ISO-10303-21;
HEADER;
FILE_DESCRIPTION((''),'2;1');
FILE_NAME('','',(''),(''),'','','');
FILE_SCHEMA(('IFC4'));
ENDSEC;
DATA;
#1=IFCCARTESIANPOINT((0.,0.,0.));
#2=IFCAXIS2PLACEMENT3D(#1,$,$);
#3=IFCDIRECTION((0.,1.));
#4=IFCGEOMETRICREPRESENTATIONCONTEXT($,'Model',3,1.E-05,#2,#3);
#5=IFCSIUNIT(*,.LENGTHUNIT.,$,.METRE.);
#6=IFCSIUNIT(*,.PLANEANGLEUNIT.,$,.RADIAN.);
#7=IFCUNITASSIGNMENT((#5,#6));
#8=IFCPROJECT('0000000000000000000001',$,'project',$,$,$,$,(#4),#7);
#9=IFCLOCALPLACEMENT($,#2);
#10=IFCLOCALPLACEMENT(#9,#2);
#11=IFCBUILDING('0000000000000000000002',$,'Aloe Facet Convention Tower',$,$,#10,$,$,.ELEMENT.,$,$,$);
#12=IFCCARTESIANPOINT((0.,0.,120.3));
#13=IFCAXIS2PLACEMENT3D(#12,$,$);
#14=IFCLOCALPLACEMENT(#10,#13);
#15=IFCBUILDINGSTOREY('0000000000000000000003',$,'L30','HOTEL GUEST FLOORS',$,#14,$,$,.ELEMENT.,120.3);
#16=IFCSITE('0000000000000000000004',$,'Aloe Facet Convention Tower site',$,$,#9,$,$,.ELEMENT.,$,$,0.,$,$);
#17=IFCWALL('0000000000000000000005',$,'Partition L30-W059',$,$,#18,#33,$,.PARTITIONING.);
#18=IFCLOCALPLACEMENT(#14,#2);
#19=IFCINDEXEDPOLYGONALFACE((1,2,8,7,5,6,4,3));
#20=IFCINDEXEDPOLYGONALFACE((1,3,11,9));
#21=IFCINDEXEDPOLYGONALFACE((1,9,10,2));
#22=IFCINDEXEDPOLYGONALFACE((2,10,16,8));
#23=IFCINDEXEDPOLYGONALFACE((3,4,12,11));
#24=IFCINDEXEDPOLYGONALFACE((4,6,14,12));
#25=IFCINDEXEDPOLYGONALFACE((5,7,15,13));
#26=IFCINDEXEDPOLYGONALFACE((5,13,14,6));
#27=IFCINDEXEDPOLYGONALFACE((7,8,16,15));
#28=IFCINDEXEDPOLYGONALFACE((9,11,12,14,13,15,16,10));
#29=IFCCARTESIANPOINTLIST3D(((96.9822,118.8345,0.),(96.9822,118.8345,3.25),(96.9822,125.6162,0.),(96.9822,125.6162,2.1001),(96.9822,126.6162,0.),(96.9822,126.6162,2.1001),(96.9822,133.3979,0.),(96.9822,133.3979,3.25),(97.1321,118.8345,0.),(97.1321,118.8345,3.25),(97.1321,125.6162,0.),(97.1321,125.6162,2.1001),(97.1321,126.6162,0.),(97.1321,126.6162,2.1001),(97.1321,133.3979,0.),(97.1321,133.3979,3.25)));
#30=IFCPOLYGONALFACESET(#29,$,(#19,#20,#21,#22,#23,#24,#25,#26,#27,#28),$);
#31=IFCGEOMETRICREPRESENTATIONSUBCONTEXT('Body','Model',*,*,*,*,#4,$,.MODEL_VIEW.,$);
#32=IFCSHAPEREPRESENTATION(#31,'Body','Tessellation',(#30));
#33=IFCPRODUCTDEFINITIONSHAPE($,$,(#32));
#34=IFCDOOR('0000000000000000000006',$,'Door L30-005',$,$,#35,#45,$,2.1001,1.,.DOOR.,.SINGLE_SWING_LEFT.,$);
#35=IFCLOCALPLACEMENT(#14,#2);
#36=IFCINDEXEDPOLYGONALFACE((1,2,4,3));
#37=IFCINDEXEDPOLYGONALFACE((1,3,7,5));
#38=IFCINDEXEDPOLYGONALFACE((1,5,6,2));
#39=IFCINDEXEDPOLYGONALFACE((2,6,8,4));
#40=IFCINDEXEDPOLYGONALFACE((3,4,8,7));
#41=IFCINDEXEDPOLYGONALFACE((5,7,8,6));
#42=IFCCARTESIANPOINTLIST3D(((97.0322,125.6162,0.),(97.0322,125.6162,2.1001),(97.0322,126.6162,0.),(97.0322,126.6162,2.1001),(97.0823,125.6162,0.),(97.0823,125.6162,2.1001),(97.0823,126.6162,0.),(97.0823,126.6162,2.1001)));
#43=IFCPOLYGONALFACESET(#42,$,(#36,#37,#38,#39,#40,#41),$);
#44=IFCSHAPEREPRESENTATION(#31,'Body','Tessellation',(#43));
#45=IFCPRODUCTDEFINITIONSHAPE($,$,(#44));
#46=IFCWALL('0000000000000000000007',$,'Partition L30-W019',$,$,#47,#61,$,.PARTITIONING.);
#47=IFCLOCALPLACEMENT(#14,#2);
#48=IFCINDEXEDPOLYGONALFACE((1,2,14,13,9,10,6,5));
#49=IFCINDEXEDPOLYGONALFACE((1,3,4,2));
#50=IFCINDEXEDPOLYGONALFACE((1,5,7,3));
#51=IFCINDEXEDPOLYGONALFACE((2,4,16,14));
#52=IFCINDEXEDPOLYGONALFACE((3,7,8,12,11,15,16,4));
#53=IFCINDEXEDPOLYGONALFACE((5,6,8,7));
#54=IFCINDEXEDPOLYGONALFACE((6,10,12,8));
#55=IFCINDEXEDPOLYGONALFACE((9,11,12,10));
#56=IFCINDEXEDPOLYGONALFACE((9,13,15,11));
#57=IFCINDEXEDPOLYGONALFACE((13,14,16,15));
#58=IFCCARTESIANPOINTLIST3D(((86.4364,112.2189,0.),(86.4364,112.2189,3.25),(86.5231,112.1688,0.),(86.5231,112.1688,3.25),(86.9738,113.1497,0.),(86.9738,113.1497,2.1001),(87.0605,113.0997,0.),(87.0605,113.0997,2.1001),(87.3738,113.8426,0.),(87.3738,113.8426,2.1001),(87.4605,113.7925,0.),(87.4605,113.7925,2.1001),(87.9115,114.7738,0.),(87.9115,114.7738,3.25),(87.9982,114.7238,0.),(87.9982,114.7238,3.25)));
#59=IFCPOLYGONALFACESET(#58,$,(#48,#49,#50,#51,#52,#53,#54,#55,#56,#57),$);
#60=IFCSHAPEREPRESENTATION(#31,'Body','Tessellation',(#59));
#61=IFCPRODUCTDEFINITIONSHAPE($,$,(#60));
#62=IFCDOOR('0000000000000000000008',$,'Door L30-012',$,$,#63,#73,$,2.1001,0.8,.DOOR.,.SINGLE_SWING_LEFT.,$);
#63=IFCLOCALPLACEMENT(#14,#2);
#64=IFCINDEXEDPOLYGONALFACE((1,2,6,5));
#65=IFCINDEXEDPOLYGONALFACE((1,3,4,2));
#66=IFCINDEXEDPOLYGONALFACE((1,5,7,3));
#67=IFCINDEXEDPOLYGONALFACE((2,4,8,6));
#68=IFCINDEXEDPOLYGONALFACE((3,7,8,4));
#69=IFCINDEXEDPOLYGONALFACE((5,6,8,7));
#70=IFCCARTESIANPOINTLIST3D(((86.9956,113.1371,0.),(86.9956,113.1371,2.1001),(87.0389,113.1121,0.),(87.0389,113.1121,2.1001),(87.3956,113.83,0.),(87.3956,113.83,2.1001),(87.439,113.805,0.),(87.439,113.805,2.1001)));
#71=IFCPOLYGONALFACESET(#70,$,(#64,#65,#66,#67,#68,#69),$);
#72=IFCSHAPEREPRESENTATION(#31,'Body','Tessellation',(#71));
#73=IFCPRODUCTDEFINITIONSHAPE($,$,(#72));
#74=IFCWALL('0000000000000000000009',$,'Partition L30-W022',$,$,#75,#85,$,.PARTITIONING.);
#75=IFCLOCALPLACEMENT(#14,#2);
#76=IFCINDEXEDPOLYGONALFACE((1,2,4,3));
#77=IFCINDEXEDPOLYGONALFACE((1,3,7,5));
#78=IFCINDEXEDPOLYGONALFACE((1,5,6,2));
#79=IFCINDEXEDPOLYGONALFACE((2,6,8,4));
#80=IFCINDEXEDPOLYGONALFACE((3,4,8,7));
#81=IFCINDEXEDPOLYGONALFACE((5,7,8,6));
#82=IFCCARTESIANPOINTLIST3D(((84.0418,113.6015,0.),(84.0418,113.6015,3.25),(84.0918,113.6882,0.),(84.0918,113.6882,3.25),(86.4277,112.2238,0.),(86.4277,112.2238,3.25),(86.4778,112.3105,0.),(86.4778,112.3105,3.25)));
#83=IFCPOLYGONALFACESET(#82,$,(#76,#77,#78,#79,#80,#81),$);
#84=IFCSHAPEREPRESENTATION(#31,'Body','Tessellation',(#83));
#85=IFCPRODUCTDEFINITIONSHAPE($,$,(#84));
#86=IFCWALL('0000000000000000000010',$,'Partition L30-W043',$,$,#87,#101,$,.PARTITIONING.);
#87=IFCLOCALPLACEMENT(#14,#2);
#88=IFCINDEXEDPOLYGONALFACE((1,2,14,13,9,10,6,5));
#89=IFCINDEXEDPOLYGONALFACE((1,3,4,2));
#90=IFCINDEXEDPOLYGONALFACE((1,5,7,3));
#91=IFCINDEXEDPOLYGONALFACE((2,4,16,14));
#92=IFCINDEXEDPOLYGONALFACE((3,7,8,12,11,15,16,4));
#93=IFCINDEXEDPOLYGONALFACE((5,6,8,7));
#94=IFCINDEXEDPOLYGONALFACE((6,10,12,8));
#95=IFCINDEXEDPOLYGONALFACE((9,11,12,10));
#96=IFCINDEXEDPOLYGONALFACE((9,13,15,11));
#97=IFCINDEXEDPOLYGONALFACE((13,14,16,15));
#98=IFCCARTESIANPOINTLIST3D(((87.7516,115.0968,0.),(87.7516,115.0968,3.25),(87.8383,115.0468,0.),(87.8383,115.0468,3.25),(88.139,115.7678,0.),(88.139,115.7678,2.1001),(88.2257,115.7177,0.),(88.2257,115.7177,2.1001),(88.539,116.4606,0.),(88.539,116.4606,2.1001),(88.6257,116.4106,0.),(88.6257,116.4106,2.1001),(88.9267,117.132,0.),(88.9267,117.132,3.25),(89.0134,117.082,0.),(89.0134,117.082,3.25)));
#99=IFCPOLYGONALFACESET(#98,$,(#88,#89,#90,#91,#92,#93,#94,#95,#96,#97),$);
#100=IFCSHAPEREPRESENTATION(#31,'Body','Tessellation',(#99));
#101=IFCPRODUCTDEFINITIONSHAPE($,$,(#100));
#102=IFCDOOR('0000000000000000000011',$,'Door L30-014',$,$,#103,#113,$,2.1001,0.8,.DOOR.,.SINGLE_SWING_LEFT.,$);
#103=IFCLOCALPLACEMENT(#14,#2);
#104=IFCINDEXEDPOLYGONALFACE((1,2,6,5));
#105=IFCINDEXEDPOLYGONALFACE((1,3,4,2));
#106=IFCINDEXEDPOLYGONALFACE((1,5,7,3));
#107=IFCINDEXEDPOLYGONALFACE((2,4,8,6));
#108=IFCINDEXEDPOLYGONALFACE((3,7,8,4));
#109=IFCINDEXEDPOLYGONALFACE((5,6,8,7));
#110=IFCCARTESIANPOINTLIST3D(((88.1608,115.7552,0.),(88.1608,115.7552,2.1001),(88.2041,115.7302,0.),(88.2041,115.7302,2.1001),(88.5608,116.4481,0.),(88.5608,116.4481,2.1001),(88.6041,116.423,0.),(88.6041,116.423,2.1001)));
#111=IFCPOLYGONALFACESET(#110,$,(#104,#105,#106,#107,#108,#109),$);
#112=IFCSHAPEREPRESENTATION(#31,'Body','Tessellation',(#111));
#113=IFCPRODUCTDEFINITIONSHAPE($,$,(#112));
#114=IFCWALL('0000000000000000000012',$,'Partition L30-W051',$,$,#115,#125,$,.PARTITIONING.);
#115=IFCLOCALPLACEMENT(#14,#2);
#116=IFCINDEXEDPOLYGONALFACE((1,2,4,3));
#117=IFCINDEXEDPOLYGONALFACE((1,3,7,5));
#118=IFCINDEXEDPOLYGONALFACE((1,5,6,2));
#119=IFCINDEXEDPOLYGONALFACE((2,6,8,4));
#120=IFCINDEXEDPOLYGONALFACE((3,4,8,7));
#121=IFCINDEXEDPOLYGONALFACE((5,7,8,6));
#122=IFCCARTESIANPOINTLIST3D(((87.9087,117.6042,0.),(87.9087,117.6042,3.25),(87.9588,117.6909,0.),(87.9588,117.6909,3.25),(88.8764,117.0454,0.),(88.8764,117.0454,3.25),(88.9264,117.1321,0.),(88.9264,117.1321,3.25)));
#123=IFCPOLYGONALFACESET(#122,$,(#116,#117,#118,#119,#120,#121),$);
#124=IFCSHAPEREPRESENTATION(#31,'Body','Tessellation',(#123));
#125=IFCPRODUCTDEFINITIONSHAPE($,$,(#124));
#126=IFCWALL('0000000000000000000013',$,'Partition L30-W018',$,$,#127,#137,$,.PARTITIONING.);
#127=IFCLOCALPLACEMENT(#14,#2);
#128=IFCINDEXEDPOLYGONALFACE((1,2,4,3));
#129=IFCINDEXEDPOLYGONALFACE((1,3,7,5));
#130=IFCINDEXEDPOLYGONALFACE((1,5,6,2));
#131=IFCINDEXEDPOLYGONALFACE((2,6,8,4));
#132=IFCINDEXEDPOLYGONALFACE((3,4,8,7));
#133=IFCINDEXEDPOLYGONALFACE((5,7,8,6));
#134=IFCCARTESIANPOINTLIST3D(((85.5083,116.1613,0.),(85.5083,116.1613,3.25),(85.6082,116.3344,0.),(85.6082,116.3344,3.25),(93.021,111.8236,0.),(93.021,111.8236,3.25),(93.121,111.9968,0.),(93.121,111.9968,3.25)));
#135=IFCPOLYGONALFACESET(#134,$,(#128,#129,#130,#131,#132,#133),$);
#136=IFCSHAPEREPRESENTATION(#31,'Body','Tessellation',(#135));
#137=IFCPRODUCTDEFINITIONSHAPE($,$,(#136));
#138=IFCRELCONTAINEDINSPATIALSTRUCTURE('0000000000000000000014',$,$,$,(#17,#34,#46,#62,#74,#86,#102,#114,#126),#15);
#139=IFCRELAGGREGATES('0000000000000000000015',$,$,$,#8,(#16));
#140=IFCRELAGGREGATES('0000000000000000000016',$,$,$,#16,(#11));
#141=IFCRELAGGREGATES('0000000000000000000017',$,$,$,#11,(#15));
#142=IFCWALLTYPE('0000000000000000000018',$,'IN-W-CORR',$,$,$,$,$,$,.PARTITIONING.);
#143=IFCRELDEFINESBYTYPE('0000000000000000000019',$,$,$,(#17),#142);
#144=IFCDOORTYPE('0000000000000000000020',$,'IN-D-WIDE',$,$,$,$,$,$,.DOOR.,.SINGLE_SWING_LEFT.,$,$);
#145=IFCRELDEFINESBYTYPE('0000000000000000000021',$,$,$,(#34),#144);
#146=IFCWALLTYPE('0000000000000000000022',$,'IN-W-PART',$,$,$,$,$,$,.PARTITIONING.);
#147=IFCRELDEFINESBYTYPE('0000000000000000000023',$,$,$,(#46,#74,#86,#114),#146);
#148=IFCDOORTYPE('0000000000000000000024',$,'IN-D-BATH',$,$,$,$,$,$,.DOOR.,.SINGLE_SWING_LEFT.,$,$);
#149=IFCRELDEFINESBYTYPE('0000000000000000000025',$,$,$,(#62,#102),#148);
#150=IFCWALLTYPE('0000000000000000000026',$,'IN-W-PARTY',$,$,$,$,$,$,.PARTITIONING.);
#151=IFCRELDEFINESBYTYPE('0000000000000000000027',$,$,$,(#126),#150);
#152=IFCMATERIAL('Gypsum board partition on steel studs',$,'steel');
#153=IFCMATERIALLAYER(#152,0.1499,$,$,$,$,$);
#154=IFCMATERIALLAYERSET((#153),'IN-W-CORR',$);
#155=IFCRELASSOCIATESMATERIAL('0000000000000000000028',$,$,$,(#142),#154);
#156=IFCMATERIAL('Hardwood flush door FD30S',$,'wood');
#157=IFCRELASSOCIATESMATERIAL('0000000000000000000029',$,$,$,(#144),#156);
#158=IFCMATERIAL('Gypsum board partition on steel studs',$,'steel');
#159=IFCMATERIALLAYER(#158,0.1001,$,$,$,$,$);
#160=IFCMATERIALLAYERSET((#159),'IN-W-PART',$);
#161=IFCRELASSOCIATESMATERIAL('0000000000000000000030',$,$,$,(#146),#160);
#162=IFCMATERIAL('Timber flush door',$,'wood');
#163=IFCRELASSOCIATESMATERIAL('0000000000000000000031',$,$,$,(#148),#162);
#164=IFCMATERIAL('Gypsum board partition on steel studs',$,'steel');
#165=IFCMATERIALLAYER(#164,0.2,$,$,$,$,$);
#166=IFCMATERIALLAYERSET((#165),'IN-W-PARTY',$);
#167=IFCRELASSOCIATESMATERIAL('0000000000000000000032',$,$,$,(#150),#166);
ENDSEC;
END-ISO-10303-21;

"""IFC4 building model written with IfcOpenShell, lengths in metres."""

from ifc_helpers import new_model, si_unit, direction, frame, frame_2d, origin, place, context, subcontext, project, spatial, rectangle, extrude, material, layer, layer_set, type_object, element, fill, save


model = new_model("IFC4")

# Units and contexts
model_context = context("Model", 3, precision=1e-05, world=origin(), true_north=direction((0.0, 1.0)))
body_context = subcontext(model_context, "Body", "Model", "MODEL_VIEW")
ifc_project = project(units=[si_unit("LENGTHUNIT", "METRE"), si_unit("PLANEANGLEUNIT", "RADIAN")], contexts=[model_context])

# Site, building, storey
site_placement = place(None, origin())
site = spatial("IfcSite", under=ifc_project, at=site_placement, Name="Aloe Facet Convention Tower site", CompositionType="ELEMENT", RefElevation=0.0)
building_placement = place(site_placement, origin())
building = spatial("IfcBuilding", under=site, at=building_placement, Name="Aloe Facet Convention Tower", CompositionType="ELEMENT")
storey_placement = place(building_placement, frame((0.0, 0.0, 120.3)))
storey = spatial("IfcBuildingStorey", under=building, at=storey_placement, Name="L30", Description="HOTEL GUEST FLOORS", CompositionType="ELEMENT", Elevation=120.3)

# Shared definitions
ifc_material_1 = material(Name="Gypsum board partition on steel studs", Category="steel")
ifc_layer_1 = layer(ifc_material_1, 0.1499)
ifc_layer_set_1 = layer_set([ifc_layer_1], Name="IN-W-CORR")
wall_type_1 = type_object("IfcWallType", Name="IN-W-CORR", PredefinedType="PARTITIONING", material=ifc_layer_set_1)

# Walls, openings, doors
wall_1_placement = place(storey_placement, frame((97.0571, 118.8345, 0.0), z_axis=(0.0, 0.0, 1.0), x_axis=(0.0, 1.0, 0.0)))
wall_1 = element("IfcWall", 1, at=wall_1_placement, inside=storey, type_object=wall_type_1, Name="Partition L30-W059", PredefinedType="PARTITIONING", context=body_context, shape_type="SweptSolid", body=[
    extrude(rectangle(XDim=14.5635, YDim=0.1499, at=frame_2d((7.2817, 0.0))), origin(), (0.0, 0.0, 1.0), 3.25),
])
opening_1_placement = place(wall_1_placement, frame((6.7817, 0.0, 0.0)))
opening_1 = element("IfcOpeningElement", 2, at=opening_1_placement, cuts=wall_1, PredefinedType="OPENING", context=body_context, shape_type="SweptSolid", body=[
    extrude(rectangle(XDim=1.0, YDim=2.1001, at=frame_2d((0.5, 1.05))), frame((0.0, 0.085, 0.0), z_axis=(0.0, -1.0, 0.0), x_axis=(1.0, 0.0, 0.0)), (0.0, 0.0, 1.0), 0.1699),
])
ifc_material_2 = material(Name="Hardwood flush door FD30S", Category="wood")
door_type_1 = type_object("IfcDoorType", Name="IN-D-WIDE", OperationType="SINGLE_SWING_LEFT", PredefinedType="DOOR", material=ifc_material_2)
door_1_placement = place(opening_1_placement, origin())
door_1 = element("IfcDoor", 3, at=door_1_placement, inside=storey, type_object=door_type_1, Name="Door L30-005", OperationType="SINGLE_SWING_LEFT", OverallHeight=2.1001, OverallWidth=1.0, PredefinedType="DOOR", context=body_context, shape_type="SweptSolid", body=[
    extrude(rectangle(XDim=1.0, YDim=2.1001, at=frame_2d((0.5, 1.05))), frame((0.0, 0.0249, 0.0), z_axis=(0.0, -1.0, 0.0), x_axis=(1.0, 0.0, 0.0)), (0.0, 0.0, 1.0), 0.05),
])
fill(opening_1, door_1)
ifc_material_3 = material(Name="Gypsum board partition on steel studs", Category="steel")
ifc_layer_2 = layer(ifc_material_3, 0.1001)
ifc_layer_set_2 = layer_set([ifc_layer_2], Name="IN-W-PART")
wall_type_2 = type_object("IfcWallType", Name="IN-W-PART", PredefinedType="PARTITIONING", material=ifc_layer_set_2)
wall_2_placement = place(storey_placement, frame((86.4797, 112.1938, 0.0), z_axis=(0.0, 0.0, 1.0), x_axis=(0.500002, 0.866024, 0.0)))
wall_2 = element("IfcWall", 4, at=wall_2_placement, inside=storey, type_object=wall_type_2, Name="Partition L30-W019", PredefinedType="PARTITIONING", context=body_context, shape_type="SweptSolid", body=[
    extrude(rectangle(XDim=2.9502, YDim=0.1001, at=frame_2d((1.4751, 0.0))), origin(), (0.0, 0.0, 1.0), 3.25),
])
opening_2_placement = place(wall_2_placement, frame((1.075, 0.0, 0.0)))
opening_2 = element("IfcOpeningElement", 5, at=opening_2_placement, cuts=wall_2, PredefinedType="OPENING", context=body_context, shape_type="SweptSolid", body=[
    extrude(rectangle(XDim=0.8, YDim=2.1001, at=frame_2d((0.3999, 1.05))), frame((0.0, 0.0601, 0.0), z_axis=(0.0, -1.0, 0.0), x_axis=(1.0, 0.0, 0.0)), (0.0, 0.0, 1.0), 0.1201),
])
ifc_material_4 = material(Name="Timber flush door", Category="wood")
door_type_2 = type_object("IfcDoorType", Name="IN-D-BATH", OperationType="SINGLE_SWING_LEFT", PredefinedType="DOOR", material=ifc_material_4)
door_2_placement = place(opening_2_placement, origin())
door_2 = element("IfcDoor", 6, at=door_2_placement, inside=storey, type_object=door_type_2, Name="Door L30-012", OperationType="SINGLE_SWING_LEFT", OverallHeight=2.1001, OverallWidth=0.8, PredefinedType="DOOR", context=body_context, shape_type="SweptSolid", body=[
    extrude(rectangle(XDim=0.8, YDim=2.1001, at=frame_2d((0.3999, 1.05))), frame((0.0, 0.0249, 0.0), z_axis=(0.0, -1.0, 0.0), x_axis=(1.0, 0.0, 0.0)), (0.0, 0.0, 1.0), 0.05),
])
fill(opening_2, door_2)

# Wall
wall_3_placement = place(storey_placement, frame((84.0669, 113.6448, 0.0), z_axis=(0.0, 0.0, 1.0), x_axis=(0.866004, -0.500037, 0.0)))
element("IfcWall", 7, at=wall_3_placement, inside=storey, type_object=wall_type_2, Name="Partition L30-W022", PredefinedType="PARTITIONING", context=body_context, shape_type="SweptSolid", body=[
    extrude(rectangle(XDim=2.7551, YDim=0.1001, at=frame_2d((1.3774, 0.0))), origin(), (0.0, 0.0, 1.0), 3.25),
])

# Wall, opening, door
wall_4_placement = place(storey_placement, frame((87.7949, 115.0718, 0.0), z_axis=(0.0, 0.0, 1.0), x_axis=(0.500016, 0.866016, 0.0)))
wall_4 = element("IfcWall", 8, at=wall_4_placement, inside=storey, type_object=wall_type_2, Name="Partition L30-W043", PredefinedType="PARTITIONING", context=body_context, shape_type="SweptSolid", body=[
    extrude(rectangle(XDim=2.3501, YDim=0.1001, at=frame_2d((1.175, 0.0))), origin(), (0.0, 0.0, 1.0), 3.25),
])
opening_3_placement = place(wall_4_placement, frame((0.7749, 0.0, 0.0)))
opening_3 = element("IfcOpeningElement", 9, at=opening_3_placement, cuts=wall_4, PredefinedType="OPENING", context=body_context, shape_type="SweptSolid", body=[
    extrude(rectangle(XDim=0.8, YDim=2.1001, at=frame_2d((0.3999, 1.05))), frame((0.0, 0.0601, 0.0), z_axis=(0.0, -1.0, 0.0), x_axis=(1.0, 0.0, 0.0)), (0.0, 0.0, 1.0), 0.1201),
])
door_3_placement = place(opening_3_placement, origin())
door_3 = element("IfcDoor", 10, at=door_3_placement, inside=storey, type_object=door_type_2, Name="Door L30-014", OperationType="SINGLE_SWING_LEFT", OverallHeight=2.1001, OverallWidth=0.8, PredefinedType="DOOR", context=body_context, shape_type="SweptSolid", body=[
    extrude(rectangle(XDim=0.8, YDim=2.1001, at=frame_2d((0.3999, 1.05))), frame((0.0, 0.0249, 0.0), z_axis=(0.0, -1.0, 0.0), x_axis=(1.0, 0.0, 0.0)), (0.0, 0.0, 1.0), 0.05),
])
fill(opening_3, door_3)

# Walls
wall_5_placement = place(storey_placement, frame((87.9338, 117.6475, 0.0), z_axis=(0.0, 0.0, 1.0), x_axis=(0.865989, -0.500063, 0.0)))
element("IfcWall", 11, at=wall_5_placement, inside=storey, type_object=wall_type_2, Name="Partition L30-W051", PredefinedType="PARTITIONING", context=body_context, shape_type="SweptSolid", body=[
    extrude(rectangle(XDim=1.1174, YDim=0.1001, at=frame_2d((0.5586, 0.0))), origin(), (0.0, 0.0, 1.0), 3.25),
])
ifc_material_5 = material(Name="Gypsum board partition on steel studs", Category="steel")
ifc_layer_3 = layer(ifc_material_5, 0.2)
ifc_layer_set_3 = layer_set([ifc_layer_3], Name="IN-W-PARTY")
wall_type_3 = type_object("IfcWallType", Name="IN-W-PARTY", PredefinedType="PARTITIONING", material=ifc_layer_set_3)
wall_6_placement = place(storey_placement, frame((85.5583, 116.2478, 0.0), z_axis=(0.0, 0.0, 1.0), x_axis=(0.866016, -0.500016, 0.0)))
element("IfcWall", 12, at=wall_6_placement, inside=storey, type_object=wall_type_3, Name="Partition L30-W018", PredefinedType="PARTITIONING", context=body_context, shape_type="SweptSolid", body=[
    extrude(rectangle(XDim=8.675, YDim=0.2, at=frame_2d((4.3374, 0.0))), origin(), (0.0, 0.0, 1.0), 3.25),
])

save(model, "model.ifc")
